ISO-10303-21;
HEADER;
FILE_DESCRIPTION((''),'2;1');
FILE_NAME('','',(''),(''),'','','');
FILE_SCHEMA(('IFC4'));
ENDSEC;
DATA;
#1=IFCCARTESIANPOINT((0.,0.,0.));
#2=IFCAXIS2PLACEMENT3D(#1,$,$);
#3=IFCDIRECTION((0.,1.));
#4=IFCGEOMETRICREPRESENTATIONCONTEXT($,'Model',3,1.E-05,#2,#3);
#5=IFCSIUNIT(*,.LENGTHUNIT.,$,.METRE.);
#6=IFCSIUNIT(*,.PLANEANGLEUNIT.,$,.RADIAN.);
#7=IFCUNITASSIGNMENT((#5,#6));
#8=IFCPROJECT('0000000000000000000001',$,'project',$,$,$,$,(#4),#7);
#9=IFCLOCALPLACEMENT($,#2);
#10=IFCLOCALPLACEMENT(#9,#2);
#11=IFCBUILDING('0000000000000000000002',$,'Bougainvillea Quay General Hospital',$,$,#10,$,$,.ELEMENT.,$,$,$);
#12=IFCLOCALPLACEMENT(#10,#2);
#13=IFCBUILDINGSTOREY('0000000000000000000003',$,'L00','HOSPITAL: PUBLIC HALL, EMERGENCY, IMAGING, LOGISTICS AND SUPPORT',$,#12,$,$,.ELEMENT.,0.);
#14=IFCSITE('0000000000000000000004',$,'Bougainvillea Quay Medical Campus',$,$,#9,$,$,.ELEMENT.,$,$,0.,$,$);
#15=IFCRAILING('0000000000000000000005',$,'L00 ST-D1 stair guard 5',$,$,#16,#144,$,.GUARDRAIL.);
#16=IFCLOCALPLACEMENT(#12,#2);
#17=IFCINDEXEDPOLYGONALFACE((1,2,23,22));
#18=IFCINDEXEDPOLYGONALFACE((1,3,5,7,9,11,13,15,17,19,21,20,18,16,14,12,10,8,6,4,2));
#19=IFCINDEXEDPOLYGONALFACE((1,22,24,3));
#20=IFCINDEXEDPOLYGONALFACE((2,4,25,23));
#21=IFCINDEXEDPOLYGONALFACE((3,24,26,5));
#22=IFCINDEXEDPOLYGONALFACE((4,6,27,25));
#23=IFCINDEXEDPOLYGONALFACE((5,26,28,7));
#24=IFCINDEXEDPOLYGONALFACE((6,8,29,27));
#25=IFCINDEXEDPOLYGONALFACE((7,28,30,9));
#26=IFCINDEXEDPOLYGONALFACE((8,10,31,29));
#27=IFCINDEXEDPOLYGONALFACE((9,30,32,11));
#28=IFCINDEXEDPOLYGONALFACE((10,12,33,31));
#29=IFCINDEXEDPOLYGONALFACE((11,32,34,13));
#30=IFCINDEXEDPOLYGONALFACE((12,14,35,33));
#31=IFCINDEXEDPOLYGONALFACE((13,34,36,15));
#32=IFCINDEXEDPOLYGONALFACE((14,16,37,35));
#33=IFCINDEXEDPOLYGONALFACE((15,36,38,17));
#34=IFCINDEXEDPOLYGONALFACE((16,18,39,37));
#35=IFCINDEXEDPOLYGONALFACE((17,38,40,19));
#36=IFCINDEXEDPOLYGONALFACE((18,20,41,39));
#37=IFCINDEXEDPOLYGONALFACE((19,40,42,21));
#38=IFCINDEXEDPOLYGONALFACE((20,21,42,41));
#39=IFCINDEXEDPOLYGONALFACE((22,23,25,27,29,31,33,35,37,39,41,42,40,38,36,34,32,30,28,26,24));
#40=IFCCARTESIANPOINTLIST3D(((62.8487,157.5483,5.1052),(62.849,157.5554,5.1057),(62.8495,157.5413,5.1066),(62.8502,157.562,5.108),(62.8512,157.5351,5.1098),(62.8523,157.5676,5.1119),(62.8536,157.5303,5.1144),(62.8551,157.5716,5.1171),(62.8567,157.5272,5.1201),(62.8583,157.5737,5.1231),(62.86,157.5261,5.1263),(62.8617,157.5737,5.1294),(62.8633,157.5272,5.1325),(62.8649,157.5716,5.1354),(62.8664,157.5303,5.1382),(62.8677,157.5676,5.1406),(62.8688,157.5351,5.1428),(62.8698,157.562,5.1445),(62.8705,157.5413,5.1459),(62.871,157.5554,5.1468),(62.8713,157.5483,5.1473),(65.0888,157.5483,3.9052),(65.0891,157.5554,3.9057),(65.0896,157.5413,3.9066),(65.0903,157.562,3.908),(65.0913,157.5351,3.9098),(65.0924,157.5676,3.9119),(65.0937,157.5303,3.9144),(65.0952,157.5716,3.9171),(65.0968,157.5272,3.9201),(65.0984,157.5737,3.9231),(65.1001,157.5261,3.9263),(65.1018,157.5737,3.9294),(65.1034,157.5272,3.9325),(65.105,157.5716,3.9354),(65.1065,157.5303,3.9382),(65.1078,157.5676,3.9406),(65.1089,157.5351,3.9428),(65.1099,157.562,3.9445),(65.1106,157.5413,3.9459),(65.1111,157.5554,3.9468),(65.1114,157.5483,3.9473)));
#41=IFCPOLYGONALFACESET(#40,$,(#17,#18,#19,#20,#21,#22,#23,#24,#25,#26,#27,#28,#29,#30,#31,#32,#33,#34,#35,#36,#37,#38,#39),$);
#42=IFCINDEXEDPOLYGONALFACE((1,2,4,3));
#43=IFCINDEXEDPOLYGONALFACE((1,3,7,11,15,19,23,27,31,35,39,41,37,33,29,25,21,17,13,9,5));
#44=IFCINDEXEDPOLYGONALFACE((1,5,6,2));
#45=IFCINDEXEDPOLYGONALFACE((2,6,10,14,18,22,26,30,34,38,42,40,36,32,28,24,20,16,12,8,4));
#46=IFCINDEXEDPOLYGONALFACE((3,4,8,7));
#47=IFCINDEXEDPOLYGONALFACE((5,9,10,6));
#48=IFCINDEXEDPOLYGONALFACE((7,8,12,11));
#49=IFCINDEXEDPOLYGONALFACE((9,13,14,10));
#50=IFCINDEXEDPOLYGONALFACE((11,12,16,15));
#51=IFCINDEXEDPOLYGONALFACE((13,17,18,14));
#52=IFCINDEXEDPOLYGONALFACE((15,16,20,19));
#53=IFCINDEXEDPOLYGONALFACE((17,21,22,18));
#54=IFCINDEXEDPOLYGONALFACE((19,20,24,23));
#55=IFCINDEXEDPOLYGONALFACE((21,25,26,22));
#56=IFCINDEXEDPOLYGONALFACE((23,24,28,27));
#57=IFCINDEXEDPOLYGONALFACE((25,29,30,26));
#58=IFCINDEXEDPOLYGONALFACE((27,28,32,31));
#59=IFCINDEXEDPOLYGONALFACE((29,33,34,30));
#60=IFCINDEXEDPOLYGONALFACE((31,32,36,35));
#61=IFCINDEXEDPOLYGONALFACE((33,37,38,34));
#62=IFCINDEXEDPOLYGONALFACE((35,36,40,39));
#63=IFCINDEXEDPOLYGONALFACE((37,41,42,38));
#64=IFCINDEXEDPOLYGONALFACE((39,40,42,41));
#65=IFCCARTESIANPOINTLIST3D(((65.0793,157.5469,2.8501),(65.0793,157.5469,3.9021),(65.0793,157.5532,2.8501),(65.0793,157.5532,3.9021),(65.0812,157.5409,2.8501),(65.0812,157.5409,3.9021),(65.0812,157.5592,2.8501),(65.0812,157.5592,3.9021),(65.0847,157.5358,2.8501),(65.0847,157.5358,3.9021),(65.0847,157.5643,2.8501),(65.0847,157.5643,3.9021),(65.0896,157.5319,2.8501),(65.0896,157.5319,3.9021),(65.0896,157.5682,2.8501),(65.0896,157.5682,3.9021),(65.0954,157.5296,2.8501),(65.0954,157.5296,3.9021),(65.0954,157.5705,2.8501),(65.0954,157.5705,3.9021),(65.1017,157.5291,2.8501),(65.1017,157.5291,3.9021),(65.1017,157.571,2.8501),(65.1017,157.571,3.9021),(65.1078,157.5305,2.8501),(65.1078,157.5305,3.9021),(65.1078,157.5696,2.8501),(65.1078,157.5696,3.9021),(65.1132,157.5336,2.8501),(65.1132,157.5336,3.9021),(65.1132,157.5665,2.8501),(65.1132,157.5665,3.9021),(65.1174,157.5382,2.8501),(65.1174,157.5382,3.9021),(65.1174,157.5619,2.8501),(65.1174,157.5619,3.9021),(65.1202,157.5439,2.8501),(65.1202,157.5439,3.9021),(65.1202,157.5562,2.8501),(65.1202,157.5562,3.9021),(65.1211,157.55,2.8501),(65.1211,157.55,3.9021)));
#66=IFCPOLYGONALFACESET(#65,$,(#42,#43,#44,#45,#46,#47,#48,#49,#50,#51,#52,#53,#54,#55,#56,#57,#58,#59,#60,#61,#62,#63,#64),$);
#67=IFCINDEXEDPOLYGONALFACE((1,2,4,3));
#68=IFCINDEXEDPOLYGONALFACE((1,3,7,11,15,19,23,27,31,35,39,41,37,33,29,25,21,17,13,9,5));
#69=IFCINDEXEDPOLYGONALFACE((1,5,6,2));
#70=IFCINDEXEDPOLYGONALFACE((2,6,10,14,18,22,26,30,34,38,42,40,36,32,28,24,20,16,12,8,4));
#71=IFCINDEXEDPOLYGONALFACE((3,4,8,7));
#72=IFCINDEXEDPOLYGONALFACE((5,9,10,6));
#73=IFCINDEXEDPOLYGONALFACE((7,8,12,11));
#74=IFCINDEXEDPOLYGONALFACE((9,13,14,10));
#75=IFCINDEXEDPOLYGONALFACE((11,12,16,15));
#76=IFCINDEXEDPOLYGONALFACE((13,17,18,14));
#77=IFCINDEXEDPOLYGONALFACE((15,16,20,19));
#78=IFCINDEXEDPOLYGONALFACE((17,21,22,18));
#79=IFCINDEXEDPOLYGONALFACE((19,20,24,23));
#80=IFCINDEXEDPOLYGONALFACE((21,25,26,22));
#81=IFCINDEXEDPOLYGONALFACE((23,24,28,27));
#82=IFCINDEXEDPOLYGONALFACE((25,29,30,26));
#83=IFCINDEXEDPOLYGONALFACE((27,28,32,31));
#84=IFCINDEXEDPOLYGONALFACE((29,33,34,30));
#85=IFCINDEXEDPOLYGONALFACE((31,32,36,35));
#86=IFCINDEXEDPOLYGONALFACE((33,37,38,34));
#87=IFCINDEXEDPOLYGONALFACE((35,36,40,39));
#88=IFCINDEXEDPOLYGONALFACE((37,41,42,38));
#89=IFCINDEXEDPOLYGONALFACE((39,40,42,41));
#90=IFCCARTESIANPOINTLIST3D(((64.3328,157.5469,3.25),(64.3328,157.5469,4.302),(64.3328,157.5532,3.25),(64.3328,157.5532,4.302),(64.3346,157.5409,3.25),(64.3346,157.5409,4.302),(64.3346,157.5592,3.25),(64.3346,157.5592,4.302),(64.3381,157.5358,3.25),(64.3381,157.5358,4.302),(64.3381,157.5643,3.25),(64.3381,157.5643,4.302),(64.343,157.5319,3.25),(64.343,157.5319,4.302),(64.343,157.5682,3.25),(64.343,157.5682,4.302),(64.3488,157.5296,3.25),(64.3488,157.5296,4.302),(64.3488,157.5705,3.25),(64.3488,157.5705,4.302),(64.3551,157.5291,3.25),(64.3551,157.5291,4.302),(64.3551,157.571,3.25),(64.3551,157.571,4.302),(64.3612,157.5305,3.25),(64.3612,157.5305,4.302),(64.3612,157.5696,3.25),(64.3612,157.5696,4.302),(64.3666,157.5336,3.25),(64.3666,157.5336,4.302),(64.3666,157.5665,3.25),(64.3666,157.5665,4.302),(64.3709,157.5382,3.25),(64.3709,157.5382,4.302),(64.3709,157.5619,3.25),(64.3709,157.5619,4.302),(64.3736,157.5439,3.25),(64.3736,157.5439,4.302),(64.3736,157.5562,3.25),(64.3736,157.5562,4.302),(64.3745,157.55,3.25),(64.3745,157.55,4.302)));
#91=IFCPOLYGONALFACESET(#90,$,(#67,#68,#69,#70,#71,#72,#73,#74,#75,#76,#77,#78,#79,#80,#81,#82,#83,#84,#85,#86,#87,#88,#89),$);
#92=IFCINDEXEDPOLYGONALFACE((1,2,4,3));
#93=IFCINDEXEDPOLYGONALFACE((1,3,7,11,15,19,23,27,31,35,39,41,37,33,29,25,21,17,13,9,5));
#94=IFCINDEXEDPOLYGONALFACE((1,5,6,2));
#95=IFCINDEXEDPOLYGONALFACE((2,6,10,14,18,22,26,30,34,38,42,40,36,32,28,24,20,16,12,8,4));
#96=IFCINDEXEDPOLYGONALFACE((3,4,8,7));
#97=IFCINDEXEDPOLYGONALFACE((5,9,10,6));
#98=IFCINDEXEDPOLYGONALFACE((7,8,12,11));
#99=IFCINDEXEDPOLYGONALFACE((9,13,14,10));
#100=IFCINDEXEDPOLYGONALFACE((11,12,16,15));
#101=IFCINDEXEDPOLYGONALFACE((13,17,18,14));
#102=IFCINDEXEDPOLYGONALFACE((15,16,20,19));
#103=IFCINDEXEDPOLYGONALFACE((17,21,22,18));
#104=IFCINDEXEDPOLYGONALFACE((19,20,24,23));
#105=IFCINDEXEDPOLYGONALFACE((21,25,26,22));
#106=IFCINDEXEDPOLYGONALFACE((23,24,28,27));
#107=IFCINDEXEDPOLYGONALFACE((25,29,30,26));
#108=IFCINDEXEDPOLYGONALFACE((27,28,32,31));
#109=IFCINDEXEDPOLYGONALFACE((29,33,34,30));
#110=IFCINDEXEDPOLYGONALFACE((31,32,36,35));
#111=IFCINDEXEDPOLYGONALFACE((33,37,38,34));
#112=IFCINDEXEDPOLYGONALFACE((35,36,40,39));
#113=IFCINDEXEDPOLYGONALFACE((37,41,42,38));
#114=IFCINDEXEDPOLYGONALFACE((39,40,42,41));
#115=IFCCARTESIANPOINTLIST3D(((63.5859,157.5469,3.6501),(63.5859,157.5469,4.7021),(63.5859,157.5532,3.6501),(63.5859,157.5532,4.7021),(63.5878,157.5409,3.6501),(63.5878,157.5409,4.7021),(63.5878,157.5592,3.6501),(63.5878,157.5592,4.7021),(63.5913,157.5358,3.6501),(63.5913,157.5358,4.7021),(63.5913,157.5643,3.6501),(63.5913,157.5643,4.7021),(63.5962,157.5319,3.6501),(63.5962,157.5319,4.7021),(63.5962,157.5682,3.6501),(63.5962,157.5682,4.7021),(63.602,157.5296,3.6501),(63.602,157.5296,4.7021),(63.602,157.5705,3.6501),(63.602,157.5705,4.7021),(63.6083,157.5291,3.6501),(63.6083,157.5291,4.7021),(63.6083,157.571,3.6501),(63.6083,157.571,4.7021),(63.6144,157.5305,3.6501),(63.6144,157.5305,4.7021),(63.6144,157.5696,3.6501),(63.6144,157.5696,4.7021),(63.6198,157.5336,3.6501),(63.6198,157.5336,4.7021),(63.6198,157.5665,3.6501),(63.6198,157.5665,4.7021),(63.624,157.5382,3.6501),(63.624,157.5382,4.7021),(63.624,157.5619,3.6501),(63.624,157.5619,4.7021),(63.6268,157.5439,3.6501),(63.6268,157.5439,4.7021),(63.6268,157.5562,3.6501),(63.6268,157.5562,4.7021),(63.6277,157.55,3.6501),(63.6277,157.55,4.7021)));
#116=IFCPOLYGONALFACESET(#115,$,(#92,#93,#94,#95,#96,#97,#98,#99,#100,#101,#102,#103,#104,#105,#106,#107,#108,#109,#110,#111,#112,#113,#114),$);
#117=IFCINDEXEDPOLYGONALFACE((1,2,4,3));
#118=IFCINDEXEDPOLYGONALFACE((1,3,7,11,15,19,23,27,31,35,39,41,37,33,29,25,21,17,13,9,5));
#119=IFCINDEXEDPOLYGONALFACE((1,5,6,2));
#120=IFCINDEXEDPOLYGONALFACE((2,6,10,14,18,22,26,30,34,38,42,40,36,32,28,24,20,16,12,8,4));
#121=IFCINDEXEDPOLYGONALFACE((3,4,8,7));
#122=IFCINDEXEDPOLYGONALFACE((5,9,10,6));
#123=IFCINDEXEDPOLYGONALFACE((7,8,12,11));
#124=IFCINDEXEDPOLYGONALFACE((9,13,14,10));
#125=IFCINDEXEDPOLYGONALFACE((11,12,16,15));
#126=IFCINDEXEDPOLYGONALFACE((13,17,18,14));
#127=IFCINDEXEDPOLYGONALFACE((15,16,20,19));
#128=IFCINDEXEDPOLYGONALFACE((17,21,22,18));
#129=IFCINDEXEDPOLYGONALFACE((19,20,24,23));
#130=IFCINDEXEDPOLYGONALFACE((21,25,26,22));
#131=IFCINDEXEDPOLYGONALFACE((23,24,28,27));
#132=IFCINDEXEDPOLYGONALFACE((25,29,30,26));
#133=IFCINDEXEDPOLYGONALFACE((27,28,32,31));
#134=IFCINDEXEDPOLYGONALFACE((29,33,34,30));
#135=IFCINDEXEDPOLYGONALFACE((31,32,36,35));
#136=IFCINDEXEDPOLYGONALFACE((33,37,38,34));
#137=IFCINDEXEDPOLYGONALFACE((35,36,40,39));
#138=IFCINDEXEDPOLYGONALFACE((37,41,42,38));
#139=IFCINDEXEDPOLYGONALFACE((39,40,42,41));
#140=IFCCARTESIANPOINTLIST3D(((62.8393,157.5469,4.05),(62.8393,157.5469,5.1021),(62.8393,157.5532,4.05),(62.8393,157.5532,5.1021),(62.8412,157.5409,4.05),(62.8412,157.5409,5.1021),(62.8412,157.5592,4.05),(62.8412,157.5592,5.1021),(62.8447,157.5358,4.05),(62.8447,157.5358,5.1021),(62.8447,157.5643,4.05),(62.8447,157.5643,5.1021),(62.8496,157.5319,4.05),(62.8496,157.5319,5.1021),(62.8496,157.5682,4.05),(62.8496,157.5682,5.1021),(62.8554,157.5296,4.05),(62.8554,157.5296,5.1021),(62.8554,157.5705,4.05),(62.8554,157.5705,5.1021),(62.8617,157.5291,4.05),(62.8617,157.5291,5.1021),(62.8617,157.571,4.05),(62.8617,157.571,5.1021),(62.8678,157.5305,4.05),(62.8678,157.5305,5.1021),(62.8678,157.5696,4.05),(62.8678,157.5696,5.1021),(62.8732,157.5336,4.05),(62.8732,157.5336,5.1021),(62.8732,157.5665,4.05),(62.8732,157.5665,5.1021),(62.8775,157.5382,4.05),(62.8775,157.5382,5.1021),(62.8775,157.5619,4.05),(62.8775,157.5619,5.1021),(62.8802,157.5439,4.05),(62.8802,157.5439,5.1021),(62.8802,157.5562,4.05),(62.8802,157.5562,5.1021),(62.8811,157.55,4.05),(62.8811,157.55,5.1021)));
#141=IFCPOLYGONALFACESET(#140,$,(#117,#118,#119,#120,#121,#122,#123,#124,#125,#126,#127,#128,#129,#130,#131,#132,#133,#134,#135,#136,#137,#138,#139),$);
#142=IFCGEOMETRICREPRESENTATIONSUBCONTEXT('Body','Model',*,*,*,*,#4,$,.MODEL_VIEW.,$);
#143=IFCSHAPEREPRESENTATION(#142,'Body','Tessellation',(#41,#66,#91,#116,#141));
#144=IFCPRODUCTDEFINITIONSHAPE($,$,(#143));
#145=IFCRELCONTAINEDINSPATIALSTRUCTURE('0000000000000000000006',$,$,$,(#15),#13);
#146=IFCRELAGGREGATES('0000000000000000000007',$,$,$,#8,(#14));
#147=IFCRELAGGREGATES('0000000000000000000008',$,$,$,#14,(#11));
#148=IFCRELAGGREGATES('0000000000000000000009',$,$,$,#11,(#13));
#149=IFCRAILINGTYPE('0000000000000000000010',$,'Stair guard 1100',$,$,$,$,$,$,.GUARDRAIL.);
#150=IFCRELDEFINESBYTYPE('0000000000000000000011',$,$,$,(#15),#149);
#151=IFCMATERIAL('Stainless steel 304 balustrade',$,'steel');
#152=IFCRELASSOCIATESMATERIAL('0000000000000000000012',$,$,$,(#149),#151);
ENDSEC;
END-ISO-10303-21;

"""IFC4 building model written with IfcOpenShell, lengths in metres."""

from ifc_helpers import new_model, si_unit, direction, frame, origin, origin_2d, place, context, subcontext, project, spatial, circle, extrude, material, type_object, element, save


model = new_model("IFC4")

# Units and contexts
model_context = context("Model", 3, precision=1e-05, world=origin(), true_north=direction((0.0, 1.0)))
body_context = subcontext(model_context, "Body", "Model", "MODEL_VIEW")
ifc_project = project(units=[si_unit("LENGTHUNIT", "METRE"), si_unit("PLANEANGLEUNIT", "RADIAN")], contexts=[model_context])

# Site, building, storey
site_placement = place(None, origin())
site = spatial("IfcSite", under=ifc_project, at=site_placement, Name="Bougainvillea Quay Medical Campus", CompositionType="ELEMENT", RefElevation=0.0)
building_placement = place(site_placement, origin())
building = spatial("IfcBuilding", under=site, at=building_placement, Name="Bougainvillea Quay General Hospital", CompositionType="ELEMENT")
storey_placement = place(building_placement, origin())
storey = spatial("IfcBuildingStorey", under=building, at=storey_placement, Name="L00", Description="HOSPITAL: PUBLIC HALL, EMERGENCY, IMAGING, LOGISTICS AND SUPPORT", CompositionType="ELEMENT", Elevation=0.0)

# Railing
ifc_material_1 = material(Name="Stainless steel 304 balustrade", Category="steel")
railing_type_1 = type_object("IfcRailingType", Name="Stair guard 1100", PredefinedType="GUARDRAIL", material=ifc_material_1)
railing_1_placement = place(storey_placement, frame((65.1001, 157.55, 2.8501)))
element("IfcRailing", 1, at=railing_1_placement, inside=storey, type_object=railing_type_1, Name="L00 ST-D1 stair guard 5", PredefinedType="GUARDRAIL", context=body_context, shape_type="SweptSolid", body=[
    extrude(circle(Radius=0.0239, at=origin_2d()), frame((0.0, 0.0, 1.0762), z_axis=(-0.881487, 0.0, 0.472208), x_axis=(0.0, -1.0, 0.0)), (0.0, 0.0, 1.0), 2.5413),
    extrude(circle(Radius=0.021, at=origin_2d()), origin(), (0.0, 0.0, 1.0), 1.052),
    extrude(circle(Radius=0.021, at=origin_2d()), frame((-0.7466, 0.0, 0.3999)), (0.0, 0.0, 1.0), 1.052),
    extrude(circle(Radius=0.021, at=origin_2d()), frame((-1.4934, 0.0, 0.8)), (0.0, 0.0, 1.0), 1.052),
    extrude(circle(Radius=0.021, at=origin_2d()), frame((-2.24, 0.0, 1.2)), (0.0, 0.0, 1.0), 1.052),
])

save(model, "model.ifc")
